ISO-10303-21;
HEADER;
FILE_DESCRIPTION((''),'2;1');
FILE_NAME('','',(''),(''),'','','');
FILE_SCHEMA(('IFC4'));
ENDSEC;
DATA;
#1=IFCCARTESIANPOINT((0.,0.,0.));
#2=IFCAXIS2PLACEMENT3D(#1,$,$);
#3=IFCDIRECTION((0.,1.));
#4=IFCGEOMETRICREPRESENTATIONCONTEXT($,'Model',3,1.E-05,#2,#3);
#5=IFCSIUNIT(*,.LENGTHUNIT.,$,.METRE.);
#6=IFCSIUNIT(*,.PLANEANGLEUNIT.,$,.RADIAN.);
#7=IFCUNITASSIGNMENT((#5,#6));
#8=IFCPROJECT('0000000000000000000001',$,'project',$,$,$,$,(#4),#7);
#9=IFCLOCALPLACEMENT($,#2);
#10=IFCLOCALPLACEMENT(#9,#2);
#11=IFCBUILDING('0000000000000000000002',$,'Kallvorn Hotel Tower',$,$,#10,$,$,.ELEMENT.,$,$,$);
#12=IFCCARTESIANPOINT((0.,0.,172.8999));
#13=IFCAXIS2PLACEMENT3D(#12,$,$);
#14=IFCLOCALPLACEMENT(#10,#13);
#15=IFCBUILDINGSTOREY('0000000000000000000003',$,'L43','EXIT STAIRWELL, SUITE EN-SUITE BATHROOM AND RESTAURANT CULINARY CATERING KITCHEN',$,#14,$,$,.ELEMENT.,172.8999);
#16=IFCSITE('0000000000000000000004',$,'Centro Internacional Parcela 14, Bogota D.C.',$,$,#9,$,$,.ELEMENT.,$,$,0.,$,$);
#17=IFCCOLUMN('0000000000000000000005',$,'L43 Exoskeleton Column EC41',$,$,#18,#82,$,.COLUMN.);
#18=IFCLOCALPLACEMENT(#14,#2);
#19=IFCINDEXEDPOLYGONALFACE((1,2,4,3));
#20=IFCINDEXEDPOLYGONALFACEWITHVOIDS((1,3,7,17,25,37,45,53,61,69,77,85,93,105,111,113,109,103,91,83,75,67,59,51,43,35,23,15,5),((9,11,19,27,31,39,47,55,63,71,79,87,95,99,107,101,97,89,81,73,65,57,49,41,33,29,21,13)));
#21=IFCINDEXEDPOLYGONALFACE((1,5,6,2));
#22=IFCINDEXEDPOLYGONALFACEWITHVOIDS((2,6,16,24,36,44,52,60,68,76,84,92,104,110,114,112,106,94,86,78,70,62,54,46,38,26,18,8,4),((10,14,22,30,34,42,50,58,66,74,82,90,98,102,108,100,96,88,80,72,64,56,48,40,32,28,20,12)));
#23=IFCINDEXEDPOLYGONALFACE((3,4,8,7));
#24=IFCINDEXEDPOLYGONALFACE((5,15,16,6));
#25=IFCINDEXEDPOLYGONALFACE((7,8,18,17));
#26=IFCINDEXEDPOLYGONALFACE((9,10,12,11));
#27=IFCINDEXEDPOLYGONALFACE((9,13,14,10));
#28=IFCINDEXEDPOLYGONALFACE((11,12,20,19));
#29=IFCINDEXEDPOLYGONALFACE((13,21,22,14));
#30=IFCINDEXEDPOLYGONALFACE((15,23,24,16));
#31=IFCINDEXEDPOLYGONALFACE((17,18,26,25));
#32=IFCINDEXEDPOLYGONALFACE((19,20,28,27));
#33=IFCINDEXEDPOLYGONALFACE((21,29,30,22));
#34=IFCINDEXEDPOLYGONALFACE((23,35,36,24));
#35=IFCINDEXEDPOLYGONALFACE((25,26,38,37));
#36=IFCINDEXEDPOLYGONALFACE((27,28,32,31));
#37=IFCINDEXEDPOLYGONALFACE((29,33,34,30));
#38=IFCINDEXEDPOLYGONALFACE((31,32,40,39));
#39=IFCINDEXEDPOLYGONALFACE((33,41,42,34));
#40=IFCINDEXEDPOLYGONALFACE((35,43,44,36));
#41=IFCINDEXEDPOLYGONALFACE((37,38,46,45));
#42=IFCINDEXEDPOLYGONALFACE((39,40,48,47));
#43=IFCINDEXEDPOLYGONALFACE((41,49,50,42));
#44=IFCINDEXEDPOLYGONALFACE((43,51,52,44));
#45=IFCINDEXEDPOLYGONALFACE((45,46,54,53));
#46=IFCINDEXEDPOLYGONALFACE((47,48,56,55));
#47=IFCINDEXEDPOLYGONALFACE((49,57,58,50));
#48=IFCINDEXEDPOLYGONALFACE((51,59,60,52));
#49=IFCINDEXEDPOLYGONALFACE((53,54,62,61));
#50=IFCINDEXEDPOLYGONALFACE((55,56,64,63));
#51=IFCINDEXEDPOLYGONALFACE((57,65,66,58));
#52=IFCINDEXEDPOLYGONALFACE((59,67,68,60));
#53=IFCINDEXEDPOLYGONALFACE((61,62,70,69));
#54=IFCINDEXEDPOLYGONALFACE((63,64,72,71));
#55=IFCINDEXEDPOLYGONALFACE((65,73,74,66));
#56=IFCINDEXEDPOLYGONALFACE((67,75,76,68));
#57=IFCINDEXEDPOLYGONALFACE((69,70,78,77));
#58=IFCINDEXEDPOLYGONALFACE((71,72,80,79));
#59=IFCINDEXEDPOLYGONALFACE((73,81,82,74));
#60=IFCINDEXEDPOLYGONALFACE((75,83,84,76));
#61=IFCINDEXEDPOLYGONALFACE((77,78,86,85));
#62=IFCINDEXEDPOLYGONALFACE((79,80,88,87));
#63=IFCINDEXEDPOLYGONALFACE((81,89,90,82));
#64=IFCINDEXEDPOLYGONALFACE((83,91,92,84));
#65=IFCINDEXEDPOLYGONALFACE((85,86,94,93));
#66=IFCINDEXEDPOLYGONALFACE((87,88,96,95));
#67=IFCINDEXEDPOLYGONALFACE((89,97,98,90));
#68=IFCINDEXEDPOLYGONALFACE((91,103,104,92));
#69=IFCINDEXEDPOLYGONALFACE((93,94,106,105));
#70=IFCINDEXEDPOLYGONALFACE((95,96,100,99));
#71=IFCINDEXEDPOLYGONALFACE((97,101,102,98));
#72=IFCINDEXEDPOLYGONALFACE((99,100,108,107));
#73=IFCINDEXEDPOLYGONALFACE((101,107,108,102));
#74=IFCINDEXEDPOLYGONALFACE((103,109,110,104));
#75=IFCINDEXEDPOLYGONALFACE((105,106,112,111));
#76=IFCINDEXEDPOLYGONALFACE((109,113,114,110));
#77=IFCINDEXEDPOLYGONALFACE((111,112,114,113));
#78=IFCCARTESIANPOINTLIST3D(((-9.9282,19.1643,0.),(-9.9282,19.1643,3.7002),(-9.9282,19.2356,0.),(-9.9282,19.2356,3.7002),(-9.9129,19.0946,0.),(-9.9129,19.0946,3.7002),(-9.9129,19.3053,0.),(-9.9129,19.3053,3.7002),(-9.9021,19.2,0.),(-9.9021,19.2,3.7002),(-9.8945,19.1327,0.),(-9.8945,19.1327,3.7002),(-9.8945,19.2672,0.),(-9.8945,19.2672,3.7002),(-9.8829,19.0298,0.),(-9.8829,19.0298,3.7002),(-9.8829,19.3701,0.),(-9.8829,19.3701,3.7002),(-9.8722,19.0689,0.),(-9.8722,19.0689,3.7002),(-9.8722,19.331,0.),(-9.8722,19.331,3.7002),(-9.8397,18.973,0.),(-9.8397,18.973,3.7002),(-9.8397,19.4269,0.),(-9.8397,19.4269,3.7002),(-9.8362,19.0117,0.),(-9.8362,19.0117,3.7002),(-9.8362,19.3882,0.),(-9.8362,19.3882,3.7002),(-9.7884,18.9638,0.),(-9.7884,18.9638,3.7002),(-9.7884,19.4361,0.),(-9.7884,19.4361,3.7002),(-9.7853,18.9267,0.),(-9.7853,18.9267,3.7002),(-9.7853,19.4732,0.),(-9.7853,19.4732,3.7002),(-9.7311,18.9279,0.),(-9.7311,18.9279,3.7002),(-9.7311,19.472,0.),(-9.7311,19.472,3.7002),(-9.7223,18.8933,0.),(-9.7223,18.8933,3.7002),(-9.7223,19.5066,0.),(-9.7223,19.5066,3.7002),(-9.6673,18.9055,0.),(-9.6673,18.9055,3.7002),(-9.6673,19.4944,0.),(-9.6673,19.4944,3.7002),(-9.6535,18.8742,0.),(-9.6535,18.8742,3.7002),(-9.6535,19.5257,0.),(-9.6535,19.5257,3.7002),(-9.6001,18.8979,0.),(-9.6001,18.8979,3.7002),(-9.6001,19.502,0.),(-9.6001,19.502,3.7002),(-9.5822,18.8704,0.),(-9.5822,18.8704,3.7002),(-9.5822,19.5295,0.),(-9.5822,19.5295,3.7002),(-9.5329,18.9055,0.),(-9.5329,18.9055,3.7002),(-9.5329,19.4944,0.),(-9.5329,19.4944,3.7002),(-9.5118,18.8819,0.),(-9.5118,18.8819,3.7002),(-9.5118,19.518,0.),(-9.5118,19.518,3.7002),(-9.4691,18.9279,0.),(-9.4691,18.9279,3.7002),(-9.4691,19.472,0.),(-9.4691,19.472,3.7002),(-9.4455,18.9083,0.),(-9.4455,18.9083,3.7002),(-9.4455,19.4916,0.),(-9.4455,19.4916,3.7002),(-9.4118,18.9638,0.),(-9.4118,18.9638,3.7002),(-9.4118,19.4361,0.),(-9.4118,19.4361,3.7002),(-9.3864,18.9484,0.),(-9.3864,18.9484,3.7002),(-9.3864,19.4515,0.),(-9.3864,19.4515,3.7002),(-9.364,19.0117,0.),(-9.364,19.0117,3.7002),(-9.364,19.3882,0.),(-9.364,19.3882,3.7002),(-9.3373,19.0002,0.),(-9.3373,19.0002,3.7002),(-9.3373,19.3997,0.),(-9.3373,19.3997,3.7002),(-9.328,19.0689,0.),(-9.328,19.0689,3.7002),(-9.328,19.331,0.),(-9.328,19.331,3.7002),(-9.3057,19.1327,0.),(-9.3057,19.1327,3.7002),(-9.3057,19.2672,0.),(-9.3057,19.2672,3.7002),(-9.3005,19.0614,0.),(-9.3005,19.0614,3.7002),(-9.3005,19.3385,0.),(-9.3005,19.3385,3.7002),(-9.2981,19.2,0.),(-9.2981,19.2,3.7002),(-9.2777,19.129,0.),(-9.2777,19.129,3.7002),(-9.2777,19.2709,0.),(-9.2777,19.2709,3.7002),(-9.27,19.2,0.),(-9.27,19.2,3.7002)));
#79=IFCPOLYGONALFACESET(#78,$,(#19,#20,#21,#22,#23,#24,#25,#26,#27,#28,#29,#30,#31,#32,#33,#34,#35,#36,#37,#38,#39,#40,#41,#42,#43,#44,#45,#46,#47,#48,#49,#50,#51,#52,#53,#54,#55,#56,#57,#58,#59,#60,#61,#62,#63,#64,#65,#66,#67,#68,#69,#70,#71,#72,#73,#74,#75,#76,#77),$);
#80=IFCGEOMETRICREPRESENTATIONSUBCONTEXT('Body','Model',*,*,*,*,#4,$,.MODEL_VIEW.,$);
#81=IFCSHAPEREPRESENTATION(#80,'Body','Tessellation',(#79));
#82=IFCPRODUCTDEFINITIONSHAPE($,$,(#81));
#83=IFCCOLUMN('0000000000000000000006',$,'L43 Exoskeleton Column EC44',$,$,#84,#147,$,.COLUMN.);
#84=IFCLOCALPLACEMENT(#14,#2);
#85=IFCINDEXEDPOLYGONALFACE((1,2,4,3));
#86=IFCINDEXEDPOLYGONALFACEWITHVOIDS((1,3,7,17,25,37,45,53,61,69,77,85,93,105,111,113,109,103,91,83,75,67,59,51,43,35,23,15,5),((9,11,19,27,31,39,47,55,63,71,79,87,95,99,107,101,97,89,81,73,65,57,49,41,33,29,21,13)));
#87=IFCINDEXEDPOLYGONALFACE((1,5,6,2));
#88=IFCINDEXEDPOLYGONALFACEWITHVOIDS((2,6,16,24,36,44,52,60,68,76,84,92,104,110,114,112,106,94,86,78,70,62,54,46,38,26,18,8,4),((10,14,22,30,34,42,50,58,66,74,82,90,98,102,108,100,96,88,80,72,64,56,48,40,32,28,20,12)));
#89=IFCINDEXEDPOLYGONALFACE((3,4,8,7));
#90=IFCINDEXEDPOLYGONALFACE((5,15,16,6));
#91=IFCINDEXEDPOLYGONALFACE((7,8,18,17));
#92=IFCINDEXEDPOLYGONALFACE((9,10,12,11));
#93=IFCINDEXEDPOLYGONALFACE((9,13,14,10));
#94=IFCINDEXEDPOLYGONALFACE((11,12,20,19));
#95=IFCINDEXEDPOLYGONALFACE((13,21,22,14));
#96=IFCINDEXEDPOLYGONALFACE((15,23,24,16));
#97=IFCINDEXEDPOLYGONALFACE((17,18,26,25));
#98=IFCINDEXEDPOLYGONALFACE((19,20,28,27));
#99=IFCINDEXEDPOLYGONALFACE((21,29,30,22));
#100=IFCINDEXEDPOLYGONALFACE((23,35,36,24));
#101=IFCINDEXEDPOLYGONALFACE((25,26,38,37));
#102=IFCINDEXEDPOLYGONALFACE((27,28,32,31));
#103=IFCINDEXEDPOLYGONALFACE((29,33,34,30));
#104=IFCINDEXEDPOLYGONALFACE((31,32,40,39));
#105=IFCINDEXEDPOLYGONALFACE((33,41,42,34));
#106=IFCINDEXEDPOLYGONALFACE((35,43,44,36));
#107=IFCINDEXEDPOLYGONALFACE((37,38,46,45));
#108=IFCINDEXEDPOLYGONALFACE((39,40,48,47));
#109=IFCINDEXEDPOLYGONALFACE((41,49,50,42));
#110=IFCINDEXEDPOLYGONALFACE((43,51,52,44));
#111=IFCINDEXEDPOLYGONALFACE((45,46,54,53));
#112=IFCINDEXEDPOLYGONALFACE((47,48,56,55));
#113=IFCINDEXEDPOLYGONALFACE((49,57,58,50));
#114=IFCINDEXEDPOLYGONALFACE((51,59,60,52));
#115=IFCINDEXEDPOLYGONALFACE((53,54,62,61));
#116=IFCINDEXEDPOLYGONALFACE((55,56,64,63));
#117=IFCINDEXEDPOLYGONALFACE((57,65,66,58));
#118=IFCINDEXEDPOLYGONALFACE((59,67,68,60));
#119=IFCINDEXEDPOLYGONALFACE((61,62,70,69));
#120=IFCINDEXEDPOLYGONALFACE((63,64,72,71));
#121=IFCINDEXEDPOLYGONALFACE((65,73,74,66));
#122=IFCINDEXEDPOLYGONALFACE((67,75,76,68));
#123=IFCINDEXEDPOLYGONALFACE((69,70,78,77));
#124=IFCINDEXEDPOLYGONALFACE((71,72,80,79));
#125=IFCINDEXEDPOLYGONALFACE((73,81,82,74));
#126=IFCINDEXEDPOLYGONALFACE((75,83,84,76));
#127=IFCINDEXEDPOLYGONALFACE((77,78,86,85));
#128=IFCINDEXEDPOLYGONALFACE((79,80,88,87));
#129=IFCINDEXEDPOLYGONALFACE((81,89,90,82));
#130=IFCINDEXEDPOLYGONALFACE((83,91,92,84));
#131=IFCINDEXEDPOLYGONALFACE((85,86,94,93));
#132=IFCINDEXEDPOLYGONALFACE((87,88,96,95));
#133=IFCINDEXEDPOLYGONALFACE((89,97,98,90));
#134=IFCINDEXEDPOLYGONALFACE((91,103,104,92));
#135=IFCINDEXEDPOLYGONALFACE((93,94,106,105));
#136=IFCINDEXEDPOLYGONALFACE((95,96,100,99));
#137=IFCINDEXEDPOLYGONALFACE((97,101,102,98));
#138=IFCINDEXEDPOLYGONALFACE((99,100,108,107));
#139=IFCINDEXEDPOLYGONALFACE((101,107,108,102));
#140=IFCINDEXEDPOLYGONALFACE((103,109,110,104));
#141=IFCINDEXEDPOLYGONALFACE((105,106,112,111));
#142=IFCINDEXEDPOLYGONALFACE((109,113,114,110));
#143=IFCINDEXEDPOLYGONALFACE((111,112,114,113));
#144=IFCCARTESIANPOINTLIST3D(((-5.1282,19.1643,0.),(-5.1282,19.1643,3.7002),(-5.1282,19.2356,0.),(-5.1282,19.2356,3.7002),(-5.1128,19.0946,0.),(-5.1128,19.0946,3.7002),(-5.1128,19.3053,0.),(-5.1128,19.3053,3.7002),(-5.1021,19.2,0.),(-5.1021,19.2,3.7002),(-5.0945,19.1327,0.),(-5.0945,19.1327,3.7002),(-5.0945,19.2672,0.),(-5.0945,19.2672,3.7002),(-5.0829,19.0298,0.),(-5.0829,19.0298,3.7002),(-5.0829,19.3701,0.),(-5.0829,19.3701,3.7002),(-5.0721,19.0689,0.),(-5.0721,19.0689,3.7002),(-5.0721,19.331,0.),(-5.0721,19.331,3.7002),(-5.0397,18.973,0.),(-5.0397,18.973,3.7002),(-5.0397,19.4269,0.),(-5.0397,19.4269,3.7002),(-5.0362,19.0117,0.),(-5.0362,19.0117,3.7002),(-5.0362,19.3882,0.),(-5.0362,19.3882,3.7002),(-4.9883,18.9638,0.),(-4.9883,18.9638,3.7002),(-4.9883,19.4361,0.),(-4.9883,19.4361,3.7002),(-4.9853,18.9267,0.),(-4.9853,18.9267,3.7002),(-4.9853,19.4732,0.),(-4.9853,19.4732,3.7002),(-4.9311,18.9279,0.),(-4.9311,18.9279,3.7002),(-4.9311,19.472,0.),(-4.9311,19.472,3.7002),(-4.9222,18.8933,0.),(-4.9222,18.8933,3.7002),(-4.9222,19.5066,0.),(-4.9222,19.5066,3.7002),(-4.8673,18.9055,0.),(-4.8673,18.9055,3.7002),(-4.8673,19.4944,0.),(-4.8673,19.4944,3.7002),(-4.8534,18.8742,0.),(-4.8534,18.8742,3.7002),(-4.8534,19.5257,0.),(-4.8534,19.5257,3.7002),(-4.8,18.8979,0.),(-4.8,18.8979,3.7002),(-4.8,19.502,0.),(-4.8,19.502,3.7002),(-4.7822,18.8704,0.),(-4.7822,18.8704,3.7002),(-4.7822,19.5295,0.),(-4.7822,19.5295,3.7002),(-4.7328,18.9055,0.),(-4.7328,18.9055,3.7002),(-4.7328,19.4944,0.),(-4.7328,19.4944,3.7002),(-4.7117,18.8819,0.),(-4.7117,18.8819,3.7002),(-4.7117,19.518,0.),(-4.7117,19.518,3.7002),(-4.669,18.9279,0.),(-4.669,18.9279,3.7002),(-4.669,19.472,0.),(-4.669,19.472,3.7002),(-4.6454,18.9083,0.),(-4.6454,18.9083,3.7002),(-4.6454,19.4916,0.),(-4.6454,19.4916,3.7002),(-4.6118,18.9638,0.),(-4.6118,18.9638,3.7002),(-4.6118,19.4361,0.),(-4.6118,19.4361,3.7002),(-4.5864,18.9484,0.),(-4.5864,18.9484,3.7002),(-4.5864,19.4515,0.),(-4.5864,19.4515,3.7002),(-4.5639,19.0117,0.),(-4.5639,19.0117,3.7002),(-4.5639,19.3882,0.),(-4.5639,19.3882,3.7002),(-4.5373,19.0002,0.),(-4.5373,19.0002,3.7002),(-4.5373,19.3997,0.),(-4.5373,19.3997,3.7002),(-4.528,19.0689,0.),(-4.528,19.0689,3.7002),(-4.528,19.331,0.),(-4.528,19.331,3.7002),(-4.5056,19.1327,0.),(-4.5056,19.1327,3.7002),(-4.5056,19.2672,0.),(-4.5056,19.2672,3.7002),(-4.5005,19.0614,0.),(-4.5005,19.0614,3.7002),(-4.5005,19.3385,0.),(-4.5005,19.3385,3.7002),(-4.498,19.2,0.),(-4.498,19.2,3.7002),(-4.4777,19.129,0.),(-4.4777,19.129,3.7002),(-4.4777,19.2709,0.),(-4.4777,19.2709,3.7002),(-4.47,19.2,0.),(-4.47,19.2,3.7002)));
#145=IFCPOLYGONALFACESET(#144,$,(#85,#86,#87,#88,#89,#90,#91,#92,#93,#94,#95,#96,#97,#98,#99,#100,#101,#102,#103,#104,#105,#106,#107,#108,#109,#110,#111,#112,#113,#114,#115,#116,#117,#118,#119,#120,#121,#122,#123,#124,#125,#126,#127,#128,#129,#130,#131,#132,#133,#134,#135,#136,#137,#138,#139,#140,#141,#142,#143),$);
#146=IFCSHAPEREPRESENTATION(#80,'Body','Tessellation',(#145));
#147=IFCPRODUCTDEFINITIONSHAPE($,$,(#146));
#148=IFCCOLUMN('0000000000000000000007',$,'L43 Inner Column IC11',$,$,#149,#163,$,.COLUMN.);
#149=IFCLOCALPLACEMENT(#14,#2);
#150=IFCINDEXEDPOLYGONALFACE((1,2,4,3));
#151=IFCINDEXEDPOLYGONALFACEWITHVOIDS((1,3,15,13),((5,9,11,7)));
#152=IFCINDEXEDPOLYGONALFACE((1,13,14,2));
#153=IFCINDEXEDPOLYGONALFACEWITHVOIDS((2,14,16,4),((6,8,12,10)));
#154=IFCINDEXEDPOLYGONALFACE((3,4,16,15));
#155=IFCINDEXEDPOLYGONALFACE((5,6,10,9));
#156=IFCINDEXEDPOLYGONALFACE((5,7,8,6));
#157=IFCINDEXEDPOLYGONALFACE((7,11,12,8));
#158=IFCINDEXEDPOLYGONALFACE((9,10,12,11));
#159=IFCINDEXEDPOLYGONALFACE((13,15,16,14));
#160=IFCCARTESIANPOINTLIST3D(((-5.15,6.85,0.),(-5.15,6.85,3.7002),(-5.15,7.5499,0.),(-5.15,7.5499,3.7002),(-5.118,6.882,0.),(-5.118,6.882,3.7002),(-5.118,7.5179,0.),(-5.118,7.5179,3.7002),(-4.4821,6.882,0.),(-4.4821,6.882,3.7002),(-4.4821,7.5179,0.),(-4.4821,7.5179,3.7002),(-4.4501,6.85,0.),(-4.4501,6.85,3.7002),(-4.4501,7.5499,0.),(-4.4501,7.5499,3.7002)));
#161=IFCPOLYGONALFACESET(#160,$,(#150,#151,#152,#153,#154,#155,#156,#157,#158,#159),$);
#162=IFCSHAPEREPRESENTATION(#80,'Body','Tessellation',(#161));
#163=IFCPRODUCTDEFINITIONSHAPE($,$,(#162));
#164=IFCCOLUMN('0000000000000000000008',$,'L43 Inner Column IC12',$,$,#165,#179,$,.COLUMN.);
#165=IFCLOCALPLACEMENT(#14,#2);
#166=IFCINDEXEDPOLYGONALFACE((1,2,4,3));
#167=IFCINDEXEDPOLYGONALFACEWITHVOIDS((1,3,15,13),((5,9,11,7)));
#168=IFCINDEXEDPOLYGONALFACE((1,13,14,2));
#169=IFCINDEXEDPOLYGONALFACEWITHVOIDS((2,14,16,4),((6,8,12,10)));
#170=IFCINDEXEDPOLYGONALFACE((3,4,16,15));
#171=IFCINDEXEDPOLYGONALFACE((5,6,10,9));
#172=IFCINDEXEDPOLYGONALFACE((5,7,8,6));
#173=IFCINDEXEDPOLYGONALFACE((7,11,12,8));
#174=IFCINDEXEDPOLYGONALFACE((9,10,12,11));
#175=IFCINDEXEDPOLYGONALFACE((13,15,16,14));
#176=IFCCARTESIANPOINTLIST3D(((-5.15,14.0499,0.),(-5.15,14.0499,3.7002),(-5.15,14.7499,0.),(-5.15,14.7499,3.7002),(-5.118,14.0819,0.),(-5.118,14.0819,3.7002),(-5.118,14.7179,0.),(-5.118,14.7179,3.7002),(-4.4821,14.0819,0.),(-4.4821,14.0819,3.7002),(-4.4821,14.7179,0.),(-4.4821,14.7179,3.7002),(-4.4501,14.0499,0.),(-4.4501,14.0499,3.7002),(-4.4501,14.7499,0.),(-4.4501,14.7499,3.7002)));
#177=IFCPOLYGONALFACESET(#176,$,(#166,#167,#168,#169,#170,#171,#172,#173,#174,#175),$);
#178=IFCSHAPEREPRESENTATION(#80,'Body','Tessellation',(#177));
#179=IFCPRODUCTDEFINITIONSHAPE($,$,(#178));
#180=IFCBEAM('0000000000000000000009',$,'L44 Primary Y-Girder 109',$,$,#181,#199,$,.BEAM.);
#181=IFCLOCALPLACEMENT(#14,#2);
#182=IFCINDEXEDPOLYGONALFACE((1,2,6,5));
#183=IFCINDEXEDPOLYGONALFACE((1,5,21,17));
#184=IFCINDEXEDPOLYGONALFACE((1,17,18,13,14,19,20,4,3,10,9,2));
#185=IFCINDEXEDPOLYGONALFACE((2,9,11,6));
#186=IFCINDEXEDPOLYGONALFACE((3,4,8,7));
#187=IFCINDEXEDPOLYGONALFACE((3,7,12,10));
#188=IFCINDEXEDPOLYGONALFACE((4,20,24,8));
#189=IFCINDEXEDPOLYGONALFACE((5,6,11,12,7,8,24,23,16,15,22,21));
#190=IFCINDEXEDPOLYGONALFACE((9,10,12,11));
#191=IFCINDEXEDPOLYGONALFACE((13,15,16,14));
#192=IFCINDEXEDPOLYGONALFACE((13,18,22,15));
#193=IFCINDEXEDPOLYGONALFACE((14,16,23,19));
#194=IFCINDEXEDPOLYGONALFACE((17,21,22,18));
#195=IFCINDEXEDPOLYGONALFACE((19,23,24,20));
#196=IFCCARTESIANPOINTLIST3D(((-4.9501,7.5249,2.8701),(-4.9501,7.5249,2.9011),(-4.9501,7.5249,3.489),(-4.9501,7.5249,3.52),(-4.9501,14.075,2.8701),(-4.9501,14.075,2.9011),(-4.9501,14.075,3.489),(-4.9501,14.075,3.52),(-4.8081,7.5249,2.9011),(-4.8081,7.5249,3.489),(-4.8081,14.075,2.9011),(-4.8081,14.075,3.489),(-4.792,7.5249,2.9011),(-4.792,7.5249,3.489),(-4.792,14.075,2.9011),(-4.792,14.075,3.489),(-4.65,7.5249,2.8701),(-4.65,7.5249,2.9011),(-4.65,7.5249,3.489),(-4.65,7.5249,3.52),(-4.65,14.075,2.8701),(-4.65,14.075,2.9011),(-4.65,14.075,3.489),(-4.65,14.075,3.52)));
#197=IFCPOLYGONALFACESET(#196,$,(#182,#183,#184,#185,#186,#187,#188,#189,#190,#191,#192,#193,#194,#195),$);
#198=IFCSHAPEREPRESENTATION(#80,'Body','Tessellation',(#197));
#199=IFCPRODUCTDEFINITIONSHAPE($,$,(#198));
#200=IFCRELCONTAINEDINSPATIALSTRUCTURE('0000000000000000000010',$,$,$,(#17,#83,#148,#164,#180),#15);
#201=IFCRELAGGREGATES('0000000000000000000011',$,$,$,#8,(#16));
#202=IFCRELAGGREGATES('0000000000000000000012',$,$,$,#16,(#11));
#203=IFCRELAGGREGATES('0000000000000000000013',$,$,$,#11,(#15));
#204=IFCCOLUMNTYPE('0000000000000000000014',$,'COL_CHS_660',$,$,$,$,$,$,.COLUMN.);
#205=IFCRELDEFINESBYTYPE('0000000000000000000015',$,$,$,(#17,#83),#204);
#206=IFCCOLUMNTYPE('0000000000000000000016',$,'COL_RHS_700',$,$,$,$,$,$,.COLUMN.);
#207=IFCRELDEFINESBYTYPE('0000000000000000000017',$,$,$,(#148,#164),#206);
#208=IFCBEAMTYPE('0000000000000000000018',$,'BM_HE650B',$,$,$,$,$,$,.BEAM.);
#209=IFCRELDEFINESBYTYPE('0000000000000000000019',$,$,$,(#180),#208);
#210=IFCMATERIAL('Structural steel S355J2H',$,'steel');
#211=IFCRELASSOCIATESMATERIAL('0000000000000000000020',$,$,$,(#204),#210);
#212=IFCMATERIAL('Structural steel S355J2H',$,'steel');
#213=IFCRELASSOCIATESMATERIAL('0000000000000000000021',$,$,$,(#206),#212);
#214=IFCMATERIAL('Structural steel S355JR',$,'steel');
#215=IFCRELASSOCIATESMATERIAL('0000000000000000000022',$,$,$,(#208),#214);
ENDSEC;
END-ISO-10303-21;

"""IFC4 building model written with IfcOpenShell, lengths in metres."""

from ifc_helpers import new_model, si_unit, direction, frame, origin, origin_2d, place, context, subcontext, project, spatial, hollow_rectangle, hollow_circle, i_section, extrude, material, material_profile, profile_set, type_object, element, save


model = new_model("IFC4")

# Units and contexts
model_context = context("Model", 3, precision=1e-05, world=origin(), true_north=direction((0.0, 1.0)))
body_context = subcontext(model_context, "Body", "Model", "MODEL_VIEW")
ifc_project = project(units=[si_unit("LENGTHUNIT", "METRE"), si_unit("PLANEANGLEUNIT", "RADIAN")], contexts=[model_context])

# Site, building, storey
site_placement = place(None, origin())
site = spatial("IfcSite", under=ifc_project, at=site_placement, Name="Centro Internacional Parcela 14, Bogota D.C.", CompositionType="ELEMENT", RefElevation=0.0)
building_placement = place(site_placement, origin())
building = spatial("IfcBuilding", under=site, at=building_placement, Name="Kallvorn Hotel Tower", CompositionType="ELEMENT")
storey_placement = place(building_placement, frame((0.0, 0.0, 172.8999)))
storey = spatial("IfcBuildingStorey", under=building, at=storey_placement, Name="L43", Description="EXIT STAIRWELL, SUITE EN-SUITE BATHROOM AND RESTAURANT CULINARY CATERING KITCHEN", CompositionType="ELEMENT", Elevation=172.8999)

# Columns
ifc_material_1 = material(Name="Structural steel S355J2H", Category="steel")
ifc_material_profile_1 = material_profile(ifc_material_1, hollow_circle(Radius=0.3301, WallThickness=0.0281, at=origin_2d()), Name="CHS 660x28")
ifc_profile_set_1 = profile_set([ifc_material_profile_1], Name="Structural steel S355J2H")
column_type_1 = type_object("IfcColumnType", Name="COL_CHS_660", PredefinedType="COLUMN", material=ifc_profile_set_1)
for number, where, z_axis, x_axis, name in (
    (1, (-9.6001, 19.2, 0.0), (0.0, 0.0, 1.0), (1.0, 0.0, 0.0), "L43 Exoskeleton Column EC41"),
    (2, (-4.8, 19.2, 0.0), (0.0, 0.0, 1.0), (1.0, 0.0, 0.0), "L43 Exoskeleton Column EC44"),
):
    element("IfcColumn", number, at=place(storey_placement, frame(where, z_axis=z_axis, x_axis=x_axis)), inside=storey, type_object=column_type_1, Name=name, PredefinedType="COLUMN", context=body_context, shape_type="SweptSolid", body=[
        extrude(hollow_circle(Radius=0.3301, WallThickness=0.0281, at=origin_2d()), origin(), (0.0, 0.0, 1.0), 3.7002),
    ])
ifc_material_2 = material(Name="Structural steel S355J2H", Category="steel")
ifc_material_profile_2 = material_profile(ifc_material_2, hollow_rectangle(XDim=0.7, YDim=0.7, WallThickness=0.032, at=origin_2d()), Name="RHS 700x700x32")
ifc_profile_set_2 = profile_set([ifc_material_profile_2], Name="Structural steel S355J2H")
column_type_2 = type_object("IfcColumnType", Name="COL_RHS_700", PredefinedType="COLUMN", material=ifc_profile_set_2)
for number, where, z_axis, x_axis, name in (
    (3, (-4.8, 7.2, 0.0), (0.0, 0.0, 1.0), (1.0, 0.0, 0.0), "L43 Inner Column IC11"),
    (4, (-4.8, 14.3999, 0.0), (0.0, 0.0, 1.0), (1.0, 0.0, 0.0), "L43 Inner Column IC12"),
):
    element("IfcColumn", number, at=place(storey_placement, frame(where, z_axis=z_axis, x_axis=x_axis)), inside=storey, type_object=column_type_2, Name=name, PredefinedType="COLUMN", context=body_context, shape_type="SweptSolid", body=[
        extrude(hollow_rectangle(XDim=0.7, YDim=0.7, WallThickness=0.032, at=origin_2d()), origin(), (0.0, 0.0, 1.0), 3.7002),
    ])

# Beam
ifc_material_3 = material(Name="Structural steel S355JR", Category="steel")
ifc_material_profile_3 = material_profile(ifc_material_3, i_section(OverallWidth=0.3, OverallDepth=0.6499, WebThickness=0.0161, FlangeThickness=0.031, at=origin_2d()), Name="HE 650 B")
ifc_profile_set_3 = profile_set([ifc_material_profile_3], Name="Structural steel S355JR")
beam_type_1 = type_object("IfcBeamType", Name="BM_HE650B", PredefinedType="BEAM", material=ifc_profile_set_3)
beam_1_placement = place(storey_placement, frame((-4.8, 7.5249, 3.1951), z_axis=(0.0, 1.0, 0.0), x_axis=(-1.0, 0.0, 0.0)))
element("IfcBeam", 5, at=beam_1_placement, inside=storey, type_object=beam_type_1, Name="L44 Primary Y-Girder 109", PredefinedType="BEAM", context=body_context, shape_type="SweptSolid", body=[
    extrude(i_section(OverallWidth=0.3, OverallDepth=0.6499, WebThickness=0.0161, FlangeThickness=0.031, at=origin_2d()), origin(), (0.0, 0.0, 1.0), 6.55),
])

save(model, "model.ifc")
